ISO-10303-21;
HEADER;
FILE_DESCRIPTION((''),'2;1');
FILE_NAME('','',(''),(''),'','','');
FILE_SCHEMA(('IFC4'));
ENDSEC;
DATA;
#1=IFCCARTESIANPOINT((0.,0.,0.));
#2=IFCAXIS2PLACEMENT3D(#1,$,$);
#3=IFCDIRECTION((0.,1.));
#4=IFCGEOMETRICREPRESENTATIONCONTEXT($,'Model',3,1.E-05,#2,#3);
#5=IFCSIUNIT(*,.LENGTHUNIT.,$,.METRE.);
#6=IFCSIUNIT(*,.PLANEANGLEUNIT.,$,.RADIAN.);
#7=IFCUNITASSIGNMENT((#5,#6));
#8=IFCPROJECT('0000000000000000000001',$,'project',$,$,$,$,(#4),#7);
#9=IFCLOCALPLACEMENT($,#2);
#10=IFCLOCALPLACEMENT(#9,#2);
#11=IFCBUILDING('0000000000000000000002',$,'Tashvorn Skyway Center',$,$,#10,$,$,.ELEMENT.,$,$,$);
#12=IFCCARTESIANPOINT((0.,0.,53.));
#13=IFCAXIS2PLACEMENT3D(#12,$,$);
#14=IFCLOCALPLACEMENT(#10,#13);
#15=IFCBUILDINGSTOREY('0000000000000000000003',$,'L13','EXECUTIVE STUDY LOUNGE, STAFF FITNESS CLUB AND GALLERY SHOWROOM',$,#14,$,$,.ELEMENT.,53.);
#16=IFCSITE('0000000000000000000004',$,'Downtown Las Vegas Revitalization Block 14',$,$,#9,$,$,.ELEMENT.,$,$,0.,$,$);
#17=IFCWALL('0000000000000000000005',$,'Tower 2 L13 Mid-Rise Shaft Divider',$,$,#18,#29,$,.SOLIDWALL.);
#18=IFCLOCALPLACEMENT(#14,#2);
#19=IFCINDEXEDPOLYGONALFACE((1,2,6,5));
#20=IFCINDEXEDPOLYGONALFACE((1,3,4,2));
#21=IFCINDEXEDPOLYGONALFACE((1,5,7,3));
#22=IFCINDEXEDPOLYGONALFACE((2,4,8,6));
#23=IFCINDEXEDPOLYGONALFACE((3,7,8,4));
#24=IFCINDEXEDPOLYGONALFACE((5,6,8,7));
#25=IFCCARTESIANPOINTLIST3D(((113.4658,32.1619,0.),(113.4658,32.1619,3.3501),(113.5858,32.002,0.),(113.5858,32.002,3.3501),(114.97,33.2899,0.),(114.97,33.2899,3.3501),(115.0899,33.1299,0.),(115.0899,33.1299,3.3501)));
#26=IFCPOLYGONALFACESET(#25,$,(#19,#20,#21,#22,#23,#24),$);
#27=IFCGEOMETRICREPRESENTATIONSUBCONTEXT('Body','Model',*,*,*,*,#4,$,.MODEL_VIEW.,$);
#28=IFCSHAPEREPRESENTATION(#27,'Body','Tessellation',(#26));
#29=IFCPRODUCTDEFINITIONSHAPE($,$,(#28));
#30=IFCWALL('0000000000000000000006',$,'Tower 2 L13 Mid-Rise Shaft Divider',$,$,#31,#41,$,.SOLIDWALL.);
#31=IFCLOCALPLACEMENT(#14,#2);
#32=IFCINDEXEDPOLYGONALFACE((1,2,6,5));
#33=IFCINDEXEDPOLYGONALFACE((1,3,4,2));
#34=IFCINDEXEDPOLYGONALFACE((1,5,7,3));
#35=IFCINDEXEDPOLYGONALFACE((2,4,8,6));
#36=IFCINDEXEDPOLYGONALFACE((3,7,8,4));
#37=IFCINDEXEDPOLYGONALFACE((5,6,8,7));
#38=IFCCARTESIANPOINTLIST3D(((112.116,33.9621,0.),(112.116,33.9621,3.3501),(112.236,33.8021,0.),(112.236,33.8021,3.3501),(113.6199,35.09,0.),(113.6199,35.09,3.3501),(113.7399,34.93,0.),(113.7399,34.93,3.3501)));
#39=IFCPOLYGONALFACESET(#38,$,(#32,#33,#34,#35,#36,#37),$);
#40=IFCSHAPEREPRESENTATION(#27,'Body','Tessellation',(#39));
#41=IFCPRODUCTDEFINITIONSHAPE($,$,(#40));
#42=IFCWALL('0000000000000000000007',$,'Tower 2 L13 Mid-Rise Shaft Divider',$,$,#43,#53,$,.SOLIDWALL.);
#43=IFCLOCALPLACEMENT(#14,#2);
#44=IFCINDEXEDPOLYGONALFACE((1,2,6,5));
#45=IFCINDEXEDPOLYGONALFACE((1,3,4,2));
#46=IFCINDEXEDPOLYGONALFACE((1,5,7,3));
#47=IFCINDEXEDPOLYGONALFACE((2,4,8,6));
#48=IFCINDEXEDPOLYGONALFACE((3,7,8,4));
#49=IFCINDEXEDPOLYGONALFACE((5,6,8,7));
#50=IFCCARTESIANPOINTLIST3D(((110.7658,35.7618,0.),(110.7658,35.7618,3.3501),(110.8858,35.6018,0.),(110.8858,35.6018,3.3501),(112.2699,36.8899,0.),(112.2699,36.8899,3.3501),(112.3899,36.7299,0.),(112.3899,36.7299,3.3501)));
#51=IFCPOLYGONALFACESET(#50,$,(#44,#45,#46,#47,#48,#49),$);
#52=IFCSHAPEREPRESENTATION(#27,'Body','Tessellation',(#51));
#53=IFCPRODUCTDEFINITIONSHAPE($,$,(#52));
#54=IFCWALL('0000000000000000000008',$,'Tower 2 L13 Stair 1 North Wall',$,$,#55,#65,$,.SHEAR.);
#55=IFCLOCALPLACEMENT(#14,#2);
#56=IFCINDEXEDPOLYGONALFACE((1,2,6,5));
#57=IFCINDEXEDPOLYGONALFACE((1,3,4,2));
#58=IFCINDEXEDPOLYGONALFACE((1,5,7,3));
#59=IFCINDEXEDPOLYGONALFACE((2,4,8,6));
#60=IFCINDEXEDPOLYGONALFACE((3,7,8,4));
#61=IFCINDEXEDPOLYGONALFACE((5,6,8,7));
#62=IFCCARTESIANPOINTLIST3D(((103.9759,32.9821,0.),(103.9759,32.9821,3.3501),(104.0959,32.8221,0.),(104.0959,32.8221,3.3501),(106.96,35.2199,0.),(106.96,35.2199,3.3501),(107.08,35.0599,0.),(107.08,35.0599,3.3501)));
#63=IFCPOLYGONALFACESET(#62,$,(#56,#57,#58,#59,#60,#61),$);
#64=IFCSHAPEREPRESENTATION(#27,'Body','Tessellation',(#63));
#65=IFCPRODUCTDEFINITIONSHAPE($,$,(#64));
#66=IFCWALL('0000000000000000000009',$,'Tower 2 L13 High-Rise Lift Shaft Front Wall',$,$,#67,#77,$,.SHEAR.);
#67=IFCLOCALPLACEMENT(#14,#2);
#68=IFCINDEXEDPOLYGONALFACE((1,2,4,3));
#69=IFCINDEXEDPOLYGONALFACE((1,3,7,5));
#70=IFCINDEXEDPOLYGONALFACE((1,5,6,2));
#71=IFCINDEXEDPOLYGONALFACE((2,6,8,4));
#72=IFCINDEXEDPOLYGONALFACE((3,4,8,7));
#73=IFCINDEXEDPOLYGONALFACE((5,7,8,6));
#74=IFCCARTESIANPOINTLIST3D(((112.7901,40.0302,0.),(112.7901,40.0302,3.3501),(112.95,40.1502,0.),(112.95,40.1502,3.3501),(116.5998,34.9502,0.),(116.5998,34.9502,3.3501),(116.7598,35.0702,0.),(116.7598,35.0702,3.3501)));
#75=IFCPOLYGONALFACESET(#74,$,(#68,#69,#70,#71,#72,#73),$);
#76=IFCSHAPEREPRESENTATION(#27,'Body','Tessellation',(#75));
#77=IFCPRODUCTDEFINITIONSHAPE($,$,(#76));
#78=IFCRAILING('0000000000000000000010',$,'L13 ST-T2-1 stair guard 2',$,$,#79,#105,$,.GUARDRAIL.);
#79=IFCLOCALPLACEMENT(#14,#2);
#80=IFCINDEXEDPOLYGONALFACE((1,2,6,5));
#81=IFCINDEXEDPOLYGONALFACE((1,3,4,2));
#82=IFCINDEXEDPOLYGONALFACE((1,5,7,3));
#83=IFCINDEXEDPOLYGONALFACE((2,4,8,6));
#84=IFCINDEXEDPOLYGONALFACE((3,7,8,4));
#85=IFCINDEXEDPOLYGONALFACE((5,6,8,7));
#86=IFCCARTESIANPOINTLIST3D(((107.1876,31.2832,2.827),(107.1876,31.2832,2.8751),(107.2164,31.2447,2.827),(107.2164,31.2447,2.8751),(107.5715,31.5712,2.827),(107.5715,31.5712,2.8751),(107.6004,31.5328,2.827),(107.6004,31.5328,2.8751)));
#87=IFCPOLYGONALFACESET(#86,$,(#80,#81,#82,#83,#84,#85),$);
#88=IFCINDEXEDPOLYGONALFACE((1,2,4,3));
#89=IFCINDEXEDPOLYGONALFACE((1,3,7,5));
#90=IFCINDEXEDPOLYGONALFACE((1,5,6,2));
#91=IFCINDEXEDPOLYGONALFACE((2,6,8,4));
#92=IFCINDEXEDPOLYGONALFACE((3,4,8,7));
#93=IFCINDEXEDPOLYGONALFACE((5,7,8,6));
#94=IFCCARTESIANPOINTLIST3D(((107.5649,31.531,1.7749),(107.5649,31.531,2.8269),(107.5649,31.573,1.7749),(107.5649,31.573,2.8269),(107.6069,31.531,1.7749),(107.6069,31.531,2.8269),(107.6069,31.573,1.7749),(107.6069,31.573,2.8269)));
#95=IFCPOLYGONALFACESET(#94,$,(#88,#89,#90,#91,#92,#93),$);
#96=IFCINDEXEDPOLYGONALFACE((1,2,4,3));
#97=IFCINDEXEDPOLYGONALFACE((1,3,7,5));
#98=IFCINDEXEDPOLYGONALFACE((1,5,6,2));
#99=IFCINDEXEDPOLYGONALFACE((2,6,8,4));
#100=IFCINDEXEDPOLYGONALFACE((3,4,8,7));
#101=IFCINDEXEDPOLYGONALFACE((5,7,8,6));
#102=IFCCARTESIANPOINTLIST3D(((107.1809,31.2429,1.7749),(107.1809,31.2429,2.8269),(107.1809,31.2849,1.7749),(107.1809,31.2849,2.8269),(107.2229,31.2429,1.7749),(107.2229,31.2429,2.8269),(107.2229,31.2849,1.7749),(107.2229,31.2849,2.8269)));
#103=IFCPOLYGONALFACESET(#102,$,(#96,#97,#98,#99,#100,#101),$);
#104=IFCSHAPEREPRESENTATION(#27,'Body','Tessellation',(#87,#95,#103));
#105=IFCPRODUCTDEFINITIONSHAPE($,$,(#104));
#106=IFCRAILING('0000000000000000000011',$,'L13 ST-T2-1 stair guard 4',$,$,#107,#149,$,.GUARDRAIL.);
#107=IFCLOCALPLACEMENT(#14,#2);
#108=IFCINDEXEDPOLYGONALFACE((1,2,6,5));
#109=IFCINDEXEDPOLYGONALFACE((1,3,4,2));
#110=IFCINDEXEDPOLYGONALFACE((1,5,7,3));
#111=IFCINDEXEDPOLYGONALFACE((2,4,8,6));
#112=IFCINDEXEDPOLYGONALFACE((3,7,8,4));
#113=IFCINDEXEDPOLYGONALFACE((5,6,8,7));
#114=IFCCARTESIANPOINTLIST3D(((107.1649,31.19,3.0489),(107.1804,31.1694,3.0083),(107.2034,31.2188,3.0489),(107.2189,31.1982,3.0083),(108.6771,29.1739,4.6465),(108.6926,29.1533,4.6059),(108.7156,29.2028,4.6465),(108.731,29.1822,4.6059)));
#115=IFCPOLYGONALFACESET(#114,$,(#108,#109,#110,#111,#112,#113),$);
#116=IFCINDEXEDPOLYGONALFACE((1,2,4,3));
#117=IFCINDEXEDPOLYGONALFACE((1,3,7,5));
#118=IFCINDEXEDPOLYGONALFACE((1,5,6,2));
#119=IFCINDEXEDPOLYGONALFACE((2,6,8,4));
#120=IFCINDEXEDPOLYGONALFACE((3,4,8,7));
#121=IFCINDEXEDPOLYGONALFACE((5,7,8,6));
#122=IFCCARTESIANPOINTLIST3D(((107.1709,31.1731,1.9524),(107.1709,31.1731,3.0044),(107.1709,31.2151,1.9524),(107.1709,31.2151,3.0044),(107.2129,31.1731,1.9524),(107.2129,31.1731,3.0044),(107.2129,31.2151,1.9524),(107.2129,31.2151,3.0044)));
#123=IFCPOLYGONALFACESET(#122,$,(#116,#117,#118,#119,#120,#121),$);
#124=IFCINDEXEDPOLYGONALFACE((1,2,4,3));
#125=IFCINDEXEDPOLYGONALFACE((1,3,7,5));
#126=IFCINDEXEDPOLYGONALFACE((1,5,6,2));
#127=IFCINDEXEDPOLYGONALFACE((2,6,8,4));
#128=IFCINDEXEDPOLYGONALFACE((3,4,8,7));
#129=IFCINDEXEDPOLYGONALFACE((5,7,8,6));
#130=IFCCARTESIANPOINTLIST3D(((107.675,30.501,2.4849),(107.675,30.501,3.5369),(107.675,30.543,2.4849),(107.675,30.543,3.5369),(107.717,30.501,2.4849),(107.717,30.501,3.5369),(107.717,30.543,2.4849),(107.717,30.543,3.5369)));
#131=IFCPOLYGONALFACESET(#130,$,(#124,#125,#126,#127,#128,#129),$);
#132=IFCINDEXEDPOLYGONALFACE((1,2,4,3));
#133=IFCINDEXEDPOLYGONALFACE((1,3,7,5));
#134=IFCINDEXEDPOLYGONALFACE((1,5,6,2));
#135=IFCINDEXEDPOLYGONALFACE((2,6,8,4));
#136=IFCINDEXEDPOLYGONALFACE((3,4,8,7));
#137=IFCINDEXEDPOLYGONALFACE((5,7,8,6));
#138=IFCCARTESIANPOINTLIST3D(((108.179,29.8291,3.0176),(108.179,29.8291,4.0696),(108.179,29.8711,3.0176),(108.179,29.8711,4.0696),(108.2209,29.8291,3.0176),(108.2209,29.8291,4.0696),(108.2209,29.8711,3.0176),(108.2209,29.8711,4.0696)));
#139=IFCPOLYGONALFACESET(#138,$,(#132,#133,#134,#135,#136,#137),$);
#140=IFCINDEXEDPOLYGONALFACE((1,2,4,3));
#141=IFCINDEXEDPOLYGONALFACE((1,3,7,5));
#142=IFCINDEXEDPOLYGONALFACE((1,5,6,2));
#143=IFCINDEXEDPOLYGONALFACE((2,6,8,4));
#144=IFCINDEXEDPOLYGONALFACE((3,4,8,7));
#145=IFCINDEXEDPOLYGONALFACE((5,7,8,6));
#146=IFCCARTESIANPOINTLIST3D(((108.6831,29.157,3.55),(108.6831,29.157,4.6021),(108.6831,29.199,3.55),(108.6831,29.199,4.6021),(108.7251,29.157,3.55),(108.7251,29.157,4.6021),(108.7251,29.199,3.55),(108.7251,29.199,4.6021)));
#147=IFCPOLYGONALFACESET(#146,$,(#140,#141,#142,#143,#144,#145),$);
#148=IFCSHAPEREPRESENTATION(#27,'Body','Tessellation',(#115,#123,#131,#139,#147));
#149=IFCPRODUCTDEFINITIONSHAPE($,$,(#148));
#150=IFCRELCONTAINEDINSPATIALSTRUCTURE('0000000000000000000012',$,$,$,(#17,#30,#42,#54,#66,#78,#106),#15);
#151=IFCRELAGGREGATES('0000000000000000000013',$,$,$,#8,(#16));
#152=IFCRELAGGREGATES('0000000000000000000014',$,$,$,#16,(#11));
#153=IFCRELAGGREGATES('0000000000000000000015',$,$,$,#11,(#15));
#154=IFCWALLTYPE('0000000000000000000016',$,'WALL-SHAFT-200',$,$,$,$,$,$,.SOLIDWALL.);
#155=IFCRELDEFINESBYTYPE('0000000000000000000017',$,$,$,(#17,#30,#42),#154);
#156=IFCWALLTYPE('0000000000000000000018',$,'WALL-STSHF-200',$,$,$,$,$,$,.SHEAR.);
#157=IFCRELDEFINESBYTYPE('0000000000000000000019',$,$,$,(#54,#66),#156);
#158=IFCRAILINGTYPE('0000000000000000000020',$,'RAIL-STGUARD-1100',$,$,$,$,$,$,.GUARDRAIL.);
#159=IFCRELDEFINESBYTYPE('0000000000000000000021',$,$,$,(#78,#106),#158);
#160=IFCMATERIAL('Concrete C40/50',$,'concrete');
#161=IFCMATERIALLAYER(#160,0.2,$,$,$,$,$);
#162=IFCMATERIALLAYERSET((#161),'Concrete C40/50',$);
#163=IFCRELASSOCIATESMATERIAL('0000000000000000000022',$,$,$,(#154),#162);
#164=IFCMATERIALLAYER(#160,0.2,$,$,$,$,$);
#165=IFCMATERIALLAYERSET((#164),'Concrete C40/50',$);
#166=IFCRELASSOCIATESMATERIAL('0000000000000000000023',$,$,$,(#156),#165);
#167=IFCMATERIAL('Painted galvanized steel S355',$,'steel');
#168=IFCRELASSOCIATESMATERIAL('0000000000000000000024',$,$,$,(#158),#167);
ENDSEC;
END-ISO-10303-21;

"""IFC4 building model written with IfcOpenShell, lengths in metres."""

from ifc_helpers import new_model, si_unit, direction, frame, frame_2d, origin, origin_2d, place, context, subcontext, project, spatial, rectangle, extrude, material, layer, layer_set, type_object, element, save


model = new_model("IFC4")

# Units and contexts
model_context = context("Model", 3, precision=1e-05, world=origin(), true_north=direction((0.0, 1.0)))
body_context = subcontext(model_context, "Body", "Model", "MODEL_VIEW")
ifc_project = project(units=[si_unit("LENGTHUNIT", "METRE"), si_unit("PLANEANGLEUNIT", "RADIAN")], contexts=[model_context])

# Site, building, storey
site_placement = place(None, origin())
site = spatial("IfcSite", under=ifc_project, at=site_placement, Name="Downtown Las Vegas Revitalization Block 14", CompositionType="ELEMENT", RefElevation=0.0)
building_placement = place(site_placement, origin())
building = spatial("IfcBuilding", under=site, at=building_placement, Name="Tashvorn Skyway Center", CompositionType="ELEMENT")
storey_placement = place(building_placement, frame((0.0, 0.0, 53.0)))
storey = spatial("IfcBuildingStorey", under=building, at=storey_placement, Name="L13", Description="EXECUTIVE STUDY LOUNGE, STAFF FITNESS CLUB AND GALLERY SHOWROOM", CompositionType="ELEMENT", Elevation=53.0)

# Walls
ifc_material_1 = material(Name="Concrete C40/50", Category="concrete")
ifc_layer_1 = layer(ifc_material_1, 0.2)
ifc_layer_set_1 = layer_set([ifc_layer_1], Name="Concrete C40/50")
wall_type_1 = type_object("IfcWallType", Name="WALL-SHAFT-200", PredefinedType="SOLIDWALL", material=ifc_layer_set_1)
wall_1_placement = place(storey_placement, frame((113.5259, 32.082, 0.0), z_axis=(0.0, 0.0, 1.0), x_axis=(0.800047, 0.599938, 0.0)))
element("IfcWall", 1, at=wall_1_placement, inside=storey, type_object=wall_type_1, Name="Tower 2 L13 Mid-Rise Shaft Divider", PredefinedType="SOLIDWALL", context=body_context, shape_type="SweptSolid", body=[
    extrude(rectangle(XDim=1.8801, YDim=0.2, at=frame_2d((0.9399, 0.0))), origin(), (0.0, 0.0, 1.0), 3.3501),
])
wall_2_placement = place(storey_placement, frame((112.176, 33.8821, 0.0), z_axis=(0.0, 0.0, 1.0), x_axis=(0.8, 0.6, 0.0)))
element("IfcWall", 2, at=wall_2_placement, inside=storey, type_object=wall_type_1, Name="Tower 2 L13 Mid-Rise Shaft Divider", PredefinedType="SOLIDWALL", context=body_context, shape_type="SweptSolid", body=[
    extrude(rectangle(XDim=1.8799, YDim=0.2, at=frame_2d((0.9399, 0.0))), origin(), (0.0, 0.0, 1.0), 3.3501),
])
wall_3_placement = place(storey_placement, frame((110.8259, 35.6819, 0.0), z_axis=(0.0, 0.0, 1.0), x_axis=(0.799984, 0.600021, 0.0)))
element("IfcWall", 3, at=wall_3_placement, inside=storey, type_object=wall_type_1, Name="Tower 2 L13 Mid-Rise Shaft Divider", PredefinedType="SOLIDWALL", context=body_context, shape_type="SweptSolid", body=[
    extrude(rectangle(XDim=1.8801, YDim=0.2, at=frame_2d((0.9399, 0.0))), origin(), (0.0, 0.0, 1.0), 3.3501),
])
ifc_layer_2 = layer(ifc_material_1, 0.2)
ifc_layer_set_2 = layer_set([ifc_layer_2], Name="Concrete C40/50")
wall_type_2 = type_object("IfcWallType", Name="WALL-STSHF-200", PredefinedType="SHEAR", material=ifc_layer_set_2)
wall_4_placement = place(storey_placement, frame((104.0359, 32.9021, 0.0), z_axis=(0.0, 0.0, 1.0), x_axis=(0.800039, 0.599948, 0.0)))
element("IfcWall", 4, at=wall_4_placement, inside=storey, type_object=wall_type_2, Name="Tower 2 L13 Stair 1 North Wall", PredefinedType="SHEAR", context=body_context, shape_type="SweptSolid", body=[
    extrude(rectangle(XDim=3.73, YDim=0.2, at=frame_2d((1.865, 0.0))), origin(), (0.0, 0.0, 1.0), 3.3501),
])
wall_5_placement = place(storey_placement, frame((112.8701, 40.0901, 0.0), z_axis=(0.0, 0.0, 1.0), x_axis=(0.599975, -0.800018, 0.0)))
element("IfcWall", 5, at=wall_5_placement, inside=storey, type_object=wall_type_2, Name="Tower 2 L13 High-Rise Lift Shaft Front Wall", PredefinedType="SHEAR", context=body_context, shape_type="SweptSolid", body=[
    extrude(rectangle(XDim=6.3499, YDim=0.2, at=frame_2d((3.1748, 0.0))), origin(), (0.0, 0.0, 1.0), 3.3501),
])

# Railings
ifc_material_2 = material(Name="Painted galvanized steel S355", Category="steel")
railing_type = type_object("IfcRailingType", Name="RAIL-STGUARD-1100", PredefinedType="GUARDRAIL", material=ifc_material_2)
railing_1_placement = place(storey_placement, frame((107.5859, 31.552, 1.7749)))
element("IfcRailing", 6, at=railing_1_placement, inside=storey, type_object=railing_type, Name="L13 ST-T2-1 stair guard 2", PredefinedType="GUARDRAIL", context=body_context, shape_type="SweptSolid", body=[
    extrude(rectangle(XDim=0.0481, YDim=0.0481, at=origin_2d()), frame((0.0, 0.0, 1.0762), z_axis=(-0.799939, -0.600081, 0.0), x_axis=(0.600081, -0.799939, 0.0)), (0.0, 0.0, 1.0), 0.48),
    extrude(rectangle(XDim=0.042, YDim=0.042, at=origin_2d()), origin(), (0.0, 0.0, 1.0), 1.052),
    extrude(rectangle(XDim=0.042, YDim=0.042, at=origin_2d()), frame((-0.384, -0.2881, 0.0)), (0.0, 0.0, 1.0), 1.052),
])
railing_2_placement = place(storey_placement, frame((107.1919, 31.1941, 1.9524)))
element("IfcRailing", 7, at=railing_2_placement, inside=storey, type_object=railing_type, Name="L13 ST-T2-1 stair guard 4", PredefinedType="GUARDRAIL", context=body_context, shape_type="SweptSolid", body=[
    extrude(rectangle(XDim=0.0481, YDim=0.0481, at=origin_2d()), frame((0.0, 0.0, 1.0762), z_axis=(0.506779, -0.675651, 0.535416), x_axis=(0.799977, 0.600031, 0.0)), (0.0, 0.0, 1.0), 2.9839),
    extrude(rectangle(XDim=0.042, YDim=0.042, at=origin_2d()), origin(), (0.0, 0.0, 1.0), 1.052),
    extrude(rectangle(XDim=0.042, YDim=0.042, at=origin_2d()), frame((0.5042, -0.6721, 0.5325)), (0.0, 0.0, 1.0), 1.052),
    extrude(rectangle(XDim=0.042, YDim=0.042, at=origin_2d()), frame((1.0081, -1.344, 1.0652)), (0.0, 0.0, 1.0), 1.052),
    extrude(rectangle(XDim=0.042, YDim=0.042, at=origin_2d()), frame((1.5122, -2.0161, 1.5977)), (0.0, 0.0, 1.0), 1.052),
])

save(model, "model.ifc")
